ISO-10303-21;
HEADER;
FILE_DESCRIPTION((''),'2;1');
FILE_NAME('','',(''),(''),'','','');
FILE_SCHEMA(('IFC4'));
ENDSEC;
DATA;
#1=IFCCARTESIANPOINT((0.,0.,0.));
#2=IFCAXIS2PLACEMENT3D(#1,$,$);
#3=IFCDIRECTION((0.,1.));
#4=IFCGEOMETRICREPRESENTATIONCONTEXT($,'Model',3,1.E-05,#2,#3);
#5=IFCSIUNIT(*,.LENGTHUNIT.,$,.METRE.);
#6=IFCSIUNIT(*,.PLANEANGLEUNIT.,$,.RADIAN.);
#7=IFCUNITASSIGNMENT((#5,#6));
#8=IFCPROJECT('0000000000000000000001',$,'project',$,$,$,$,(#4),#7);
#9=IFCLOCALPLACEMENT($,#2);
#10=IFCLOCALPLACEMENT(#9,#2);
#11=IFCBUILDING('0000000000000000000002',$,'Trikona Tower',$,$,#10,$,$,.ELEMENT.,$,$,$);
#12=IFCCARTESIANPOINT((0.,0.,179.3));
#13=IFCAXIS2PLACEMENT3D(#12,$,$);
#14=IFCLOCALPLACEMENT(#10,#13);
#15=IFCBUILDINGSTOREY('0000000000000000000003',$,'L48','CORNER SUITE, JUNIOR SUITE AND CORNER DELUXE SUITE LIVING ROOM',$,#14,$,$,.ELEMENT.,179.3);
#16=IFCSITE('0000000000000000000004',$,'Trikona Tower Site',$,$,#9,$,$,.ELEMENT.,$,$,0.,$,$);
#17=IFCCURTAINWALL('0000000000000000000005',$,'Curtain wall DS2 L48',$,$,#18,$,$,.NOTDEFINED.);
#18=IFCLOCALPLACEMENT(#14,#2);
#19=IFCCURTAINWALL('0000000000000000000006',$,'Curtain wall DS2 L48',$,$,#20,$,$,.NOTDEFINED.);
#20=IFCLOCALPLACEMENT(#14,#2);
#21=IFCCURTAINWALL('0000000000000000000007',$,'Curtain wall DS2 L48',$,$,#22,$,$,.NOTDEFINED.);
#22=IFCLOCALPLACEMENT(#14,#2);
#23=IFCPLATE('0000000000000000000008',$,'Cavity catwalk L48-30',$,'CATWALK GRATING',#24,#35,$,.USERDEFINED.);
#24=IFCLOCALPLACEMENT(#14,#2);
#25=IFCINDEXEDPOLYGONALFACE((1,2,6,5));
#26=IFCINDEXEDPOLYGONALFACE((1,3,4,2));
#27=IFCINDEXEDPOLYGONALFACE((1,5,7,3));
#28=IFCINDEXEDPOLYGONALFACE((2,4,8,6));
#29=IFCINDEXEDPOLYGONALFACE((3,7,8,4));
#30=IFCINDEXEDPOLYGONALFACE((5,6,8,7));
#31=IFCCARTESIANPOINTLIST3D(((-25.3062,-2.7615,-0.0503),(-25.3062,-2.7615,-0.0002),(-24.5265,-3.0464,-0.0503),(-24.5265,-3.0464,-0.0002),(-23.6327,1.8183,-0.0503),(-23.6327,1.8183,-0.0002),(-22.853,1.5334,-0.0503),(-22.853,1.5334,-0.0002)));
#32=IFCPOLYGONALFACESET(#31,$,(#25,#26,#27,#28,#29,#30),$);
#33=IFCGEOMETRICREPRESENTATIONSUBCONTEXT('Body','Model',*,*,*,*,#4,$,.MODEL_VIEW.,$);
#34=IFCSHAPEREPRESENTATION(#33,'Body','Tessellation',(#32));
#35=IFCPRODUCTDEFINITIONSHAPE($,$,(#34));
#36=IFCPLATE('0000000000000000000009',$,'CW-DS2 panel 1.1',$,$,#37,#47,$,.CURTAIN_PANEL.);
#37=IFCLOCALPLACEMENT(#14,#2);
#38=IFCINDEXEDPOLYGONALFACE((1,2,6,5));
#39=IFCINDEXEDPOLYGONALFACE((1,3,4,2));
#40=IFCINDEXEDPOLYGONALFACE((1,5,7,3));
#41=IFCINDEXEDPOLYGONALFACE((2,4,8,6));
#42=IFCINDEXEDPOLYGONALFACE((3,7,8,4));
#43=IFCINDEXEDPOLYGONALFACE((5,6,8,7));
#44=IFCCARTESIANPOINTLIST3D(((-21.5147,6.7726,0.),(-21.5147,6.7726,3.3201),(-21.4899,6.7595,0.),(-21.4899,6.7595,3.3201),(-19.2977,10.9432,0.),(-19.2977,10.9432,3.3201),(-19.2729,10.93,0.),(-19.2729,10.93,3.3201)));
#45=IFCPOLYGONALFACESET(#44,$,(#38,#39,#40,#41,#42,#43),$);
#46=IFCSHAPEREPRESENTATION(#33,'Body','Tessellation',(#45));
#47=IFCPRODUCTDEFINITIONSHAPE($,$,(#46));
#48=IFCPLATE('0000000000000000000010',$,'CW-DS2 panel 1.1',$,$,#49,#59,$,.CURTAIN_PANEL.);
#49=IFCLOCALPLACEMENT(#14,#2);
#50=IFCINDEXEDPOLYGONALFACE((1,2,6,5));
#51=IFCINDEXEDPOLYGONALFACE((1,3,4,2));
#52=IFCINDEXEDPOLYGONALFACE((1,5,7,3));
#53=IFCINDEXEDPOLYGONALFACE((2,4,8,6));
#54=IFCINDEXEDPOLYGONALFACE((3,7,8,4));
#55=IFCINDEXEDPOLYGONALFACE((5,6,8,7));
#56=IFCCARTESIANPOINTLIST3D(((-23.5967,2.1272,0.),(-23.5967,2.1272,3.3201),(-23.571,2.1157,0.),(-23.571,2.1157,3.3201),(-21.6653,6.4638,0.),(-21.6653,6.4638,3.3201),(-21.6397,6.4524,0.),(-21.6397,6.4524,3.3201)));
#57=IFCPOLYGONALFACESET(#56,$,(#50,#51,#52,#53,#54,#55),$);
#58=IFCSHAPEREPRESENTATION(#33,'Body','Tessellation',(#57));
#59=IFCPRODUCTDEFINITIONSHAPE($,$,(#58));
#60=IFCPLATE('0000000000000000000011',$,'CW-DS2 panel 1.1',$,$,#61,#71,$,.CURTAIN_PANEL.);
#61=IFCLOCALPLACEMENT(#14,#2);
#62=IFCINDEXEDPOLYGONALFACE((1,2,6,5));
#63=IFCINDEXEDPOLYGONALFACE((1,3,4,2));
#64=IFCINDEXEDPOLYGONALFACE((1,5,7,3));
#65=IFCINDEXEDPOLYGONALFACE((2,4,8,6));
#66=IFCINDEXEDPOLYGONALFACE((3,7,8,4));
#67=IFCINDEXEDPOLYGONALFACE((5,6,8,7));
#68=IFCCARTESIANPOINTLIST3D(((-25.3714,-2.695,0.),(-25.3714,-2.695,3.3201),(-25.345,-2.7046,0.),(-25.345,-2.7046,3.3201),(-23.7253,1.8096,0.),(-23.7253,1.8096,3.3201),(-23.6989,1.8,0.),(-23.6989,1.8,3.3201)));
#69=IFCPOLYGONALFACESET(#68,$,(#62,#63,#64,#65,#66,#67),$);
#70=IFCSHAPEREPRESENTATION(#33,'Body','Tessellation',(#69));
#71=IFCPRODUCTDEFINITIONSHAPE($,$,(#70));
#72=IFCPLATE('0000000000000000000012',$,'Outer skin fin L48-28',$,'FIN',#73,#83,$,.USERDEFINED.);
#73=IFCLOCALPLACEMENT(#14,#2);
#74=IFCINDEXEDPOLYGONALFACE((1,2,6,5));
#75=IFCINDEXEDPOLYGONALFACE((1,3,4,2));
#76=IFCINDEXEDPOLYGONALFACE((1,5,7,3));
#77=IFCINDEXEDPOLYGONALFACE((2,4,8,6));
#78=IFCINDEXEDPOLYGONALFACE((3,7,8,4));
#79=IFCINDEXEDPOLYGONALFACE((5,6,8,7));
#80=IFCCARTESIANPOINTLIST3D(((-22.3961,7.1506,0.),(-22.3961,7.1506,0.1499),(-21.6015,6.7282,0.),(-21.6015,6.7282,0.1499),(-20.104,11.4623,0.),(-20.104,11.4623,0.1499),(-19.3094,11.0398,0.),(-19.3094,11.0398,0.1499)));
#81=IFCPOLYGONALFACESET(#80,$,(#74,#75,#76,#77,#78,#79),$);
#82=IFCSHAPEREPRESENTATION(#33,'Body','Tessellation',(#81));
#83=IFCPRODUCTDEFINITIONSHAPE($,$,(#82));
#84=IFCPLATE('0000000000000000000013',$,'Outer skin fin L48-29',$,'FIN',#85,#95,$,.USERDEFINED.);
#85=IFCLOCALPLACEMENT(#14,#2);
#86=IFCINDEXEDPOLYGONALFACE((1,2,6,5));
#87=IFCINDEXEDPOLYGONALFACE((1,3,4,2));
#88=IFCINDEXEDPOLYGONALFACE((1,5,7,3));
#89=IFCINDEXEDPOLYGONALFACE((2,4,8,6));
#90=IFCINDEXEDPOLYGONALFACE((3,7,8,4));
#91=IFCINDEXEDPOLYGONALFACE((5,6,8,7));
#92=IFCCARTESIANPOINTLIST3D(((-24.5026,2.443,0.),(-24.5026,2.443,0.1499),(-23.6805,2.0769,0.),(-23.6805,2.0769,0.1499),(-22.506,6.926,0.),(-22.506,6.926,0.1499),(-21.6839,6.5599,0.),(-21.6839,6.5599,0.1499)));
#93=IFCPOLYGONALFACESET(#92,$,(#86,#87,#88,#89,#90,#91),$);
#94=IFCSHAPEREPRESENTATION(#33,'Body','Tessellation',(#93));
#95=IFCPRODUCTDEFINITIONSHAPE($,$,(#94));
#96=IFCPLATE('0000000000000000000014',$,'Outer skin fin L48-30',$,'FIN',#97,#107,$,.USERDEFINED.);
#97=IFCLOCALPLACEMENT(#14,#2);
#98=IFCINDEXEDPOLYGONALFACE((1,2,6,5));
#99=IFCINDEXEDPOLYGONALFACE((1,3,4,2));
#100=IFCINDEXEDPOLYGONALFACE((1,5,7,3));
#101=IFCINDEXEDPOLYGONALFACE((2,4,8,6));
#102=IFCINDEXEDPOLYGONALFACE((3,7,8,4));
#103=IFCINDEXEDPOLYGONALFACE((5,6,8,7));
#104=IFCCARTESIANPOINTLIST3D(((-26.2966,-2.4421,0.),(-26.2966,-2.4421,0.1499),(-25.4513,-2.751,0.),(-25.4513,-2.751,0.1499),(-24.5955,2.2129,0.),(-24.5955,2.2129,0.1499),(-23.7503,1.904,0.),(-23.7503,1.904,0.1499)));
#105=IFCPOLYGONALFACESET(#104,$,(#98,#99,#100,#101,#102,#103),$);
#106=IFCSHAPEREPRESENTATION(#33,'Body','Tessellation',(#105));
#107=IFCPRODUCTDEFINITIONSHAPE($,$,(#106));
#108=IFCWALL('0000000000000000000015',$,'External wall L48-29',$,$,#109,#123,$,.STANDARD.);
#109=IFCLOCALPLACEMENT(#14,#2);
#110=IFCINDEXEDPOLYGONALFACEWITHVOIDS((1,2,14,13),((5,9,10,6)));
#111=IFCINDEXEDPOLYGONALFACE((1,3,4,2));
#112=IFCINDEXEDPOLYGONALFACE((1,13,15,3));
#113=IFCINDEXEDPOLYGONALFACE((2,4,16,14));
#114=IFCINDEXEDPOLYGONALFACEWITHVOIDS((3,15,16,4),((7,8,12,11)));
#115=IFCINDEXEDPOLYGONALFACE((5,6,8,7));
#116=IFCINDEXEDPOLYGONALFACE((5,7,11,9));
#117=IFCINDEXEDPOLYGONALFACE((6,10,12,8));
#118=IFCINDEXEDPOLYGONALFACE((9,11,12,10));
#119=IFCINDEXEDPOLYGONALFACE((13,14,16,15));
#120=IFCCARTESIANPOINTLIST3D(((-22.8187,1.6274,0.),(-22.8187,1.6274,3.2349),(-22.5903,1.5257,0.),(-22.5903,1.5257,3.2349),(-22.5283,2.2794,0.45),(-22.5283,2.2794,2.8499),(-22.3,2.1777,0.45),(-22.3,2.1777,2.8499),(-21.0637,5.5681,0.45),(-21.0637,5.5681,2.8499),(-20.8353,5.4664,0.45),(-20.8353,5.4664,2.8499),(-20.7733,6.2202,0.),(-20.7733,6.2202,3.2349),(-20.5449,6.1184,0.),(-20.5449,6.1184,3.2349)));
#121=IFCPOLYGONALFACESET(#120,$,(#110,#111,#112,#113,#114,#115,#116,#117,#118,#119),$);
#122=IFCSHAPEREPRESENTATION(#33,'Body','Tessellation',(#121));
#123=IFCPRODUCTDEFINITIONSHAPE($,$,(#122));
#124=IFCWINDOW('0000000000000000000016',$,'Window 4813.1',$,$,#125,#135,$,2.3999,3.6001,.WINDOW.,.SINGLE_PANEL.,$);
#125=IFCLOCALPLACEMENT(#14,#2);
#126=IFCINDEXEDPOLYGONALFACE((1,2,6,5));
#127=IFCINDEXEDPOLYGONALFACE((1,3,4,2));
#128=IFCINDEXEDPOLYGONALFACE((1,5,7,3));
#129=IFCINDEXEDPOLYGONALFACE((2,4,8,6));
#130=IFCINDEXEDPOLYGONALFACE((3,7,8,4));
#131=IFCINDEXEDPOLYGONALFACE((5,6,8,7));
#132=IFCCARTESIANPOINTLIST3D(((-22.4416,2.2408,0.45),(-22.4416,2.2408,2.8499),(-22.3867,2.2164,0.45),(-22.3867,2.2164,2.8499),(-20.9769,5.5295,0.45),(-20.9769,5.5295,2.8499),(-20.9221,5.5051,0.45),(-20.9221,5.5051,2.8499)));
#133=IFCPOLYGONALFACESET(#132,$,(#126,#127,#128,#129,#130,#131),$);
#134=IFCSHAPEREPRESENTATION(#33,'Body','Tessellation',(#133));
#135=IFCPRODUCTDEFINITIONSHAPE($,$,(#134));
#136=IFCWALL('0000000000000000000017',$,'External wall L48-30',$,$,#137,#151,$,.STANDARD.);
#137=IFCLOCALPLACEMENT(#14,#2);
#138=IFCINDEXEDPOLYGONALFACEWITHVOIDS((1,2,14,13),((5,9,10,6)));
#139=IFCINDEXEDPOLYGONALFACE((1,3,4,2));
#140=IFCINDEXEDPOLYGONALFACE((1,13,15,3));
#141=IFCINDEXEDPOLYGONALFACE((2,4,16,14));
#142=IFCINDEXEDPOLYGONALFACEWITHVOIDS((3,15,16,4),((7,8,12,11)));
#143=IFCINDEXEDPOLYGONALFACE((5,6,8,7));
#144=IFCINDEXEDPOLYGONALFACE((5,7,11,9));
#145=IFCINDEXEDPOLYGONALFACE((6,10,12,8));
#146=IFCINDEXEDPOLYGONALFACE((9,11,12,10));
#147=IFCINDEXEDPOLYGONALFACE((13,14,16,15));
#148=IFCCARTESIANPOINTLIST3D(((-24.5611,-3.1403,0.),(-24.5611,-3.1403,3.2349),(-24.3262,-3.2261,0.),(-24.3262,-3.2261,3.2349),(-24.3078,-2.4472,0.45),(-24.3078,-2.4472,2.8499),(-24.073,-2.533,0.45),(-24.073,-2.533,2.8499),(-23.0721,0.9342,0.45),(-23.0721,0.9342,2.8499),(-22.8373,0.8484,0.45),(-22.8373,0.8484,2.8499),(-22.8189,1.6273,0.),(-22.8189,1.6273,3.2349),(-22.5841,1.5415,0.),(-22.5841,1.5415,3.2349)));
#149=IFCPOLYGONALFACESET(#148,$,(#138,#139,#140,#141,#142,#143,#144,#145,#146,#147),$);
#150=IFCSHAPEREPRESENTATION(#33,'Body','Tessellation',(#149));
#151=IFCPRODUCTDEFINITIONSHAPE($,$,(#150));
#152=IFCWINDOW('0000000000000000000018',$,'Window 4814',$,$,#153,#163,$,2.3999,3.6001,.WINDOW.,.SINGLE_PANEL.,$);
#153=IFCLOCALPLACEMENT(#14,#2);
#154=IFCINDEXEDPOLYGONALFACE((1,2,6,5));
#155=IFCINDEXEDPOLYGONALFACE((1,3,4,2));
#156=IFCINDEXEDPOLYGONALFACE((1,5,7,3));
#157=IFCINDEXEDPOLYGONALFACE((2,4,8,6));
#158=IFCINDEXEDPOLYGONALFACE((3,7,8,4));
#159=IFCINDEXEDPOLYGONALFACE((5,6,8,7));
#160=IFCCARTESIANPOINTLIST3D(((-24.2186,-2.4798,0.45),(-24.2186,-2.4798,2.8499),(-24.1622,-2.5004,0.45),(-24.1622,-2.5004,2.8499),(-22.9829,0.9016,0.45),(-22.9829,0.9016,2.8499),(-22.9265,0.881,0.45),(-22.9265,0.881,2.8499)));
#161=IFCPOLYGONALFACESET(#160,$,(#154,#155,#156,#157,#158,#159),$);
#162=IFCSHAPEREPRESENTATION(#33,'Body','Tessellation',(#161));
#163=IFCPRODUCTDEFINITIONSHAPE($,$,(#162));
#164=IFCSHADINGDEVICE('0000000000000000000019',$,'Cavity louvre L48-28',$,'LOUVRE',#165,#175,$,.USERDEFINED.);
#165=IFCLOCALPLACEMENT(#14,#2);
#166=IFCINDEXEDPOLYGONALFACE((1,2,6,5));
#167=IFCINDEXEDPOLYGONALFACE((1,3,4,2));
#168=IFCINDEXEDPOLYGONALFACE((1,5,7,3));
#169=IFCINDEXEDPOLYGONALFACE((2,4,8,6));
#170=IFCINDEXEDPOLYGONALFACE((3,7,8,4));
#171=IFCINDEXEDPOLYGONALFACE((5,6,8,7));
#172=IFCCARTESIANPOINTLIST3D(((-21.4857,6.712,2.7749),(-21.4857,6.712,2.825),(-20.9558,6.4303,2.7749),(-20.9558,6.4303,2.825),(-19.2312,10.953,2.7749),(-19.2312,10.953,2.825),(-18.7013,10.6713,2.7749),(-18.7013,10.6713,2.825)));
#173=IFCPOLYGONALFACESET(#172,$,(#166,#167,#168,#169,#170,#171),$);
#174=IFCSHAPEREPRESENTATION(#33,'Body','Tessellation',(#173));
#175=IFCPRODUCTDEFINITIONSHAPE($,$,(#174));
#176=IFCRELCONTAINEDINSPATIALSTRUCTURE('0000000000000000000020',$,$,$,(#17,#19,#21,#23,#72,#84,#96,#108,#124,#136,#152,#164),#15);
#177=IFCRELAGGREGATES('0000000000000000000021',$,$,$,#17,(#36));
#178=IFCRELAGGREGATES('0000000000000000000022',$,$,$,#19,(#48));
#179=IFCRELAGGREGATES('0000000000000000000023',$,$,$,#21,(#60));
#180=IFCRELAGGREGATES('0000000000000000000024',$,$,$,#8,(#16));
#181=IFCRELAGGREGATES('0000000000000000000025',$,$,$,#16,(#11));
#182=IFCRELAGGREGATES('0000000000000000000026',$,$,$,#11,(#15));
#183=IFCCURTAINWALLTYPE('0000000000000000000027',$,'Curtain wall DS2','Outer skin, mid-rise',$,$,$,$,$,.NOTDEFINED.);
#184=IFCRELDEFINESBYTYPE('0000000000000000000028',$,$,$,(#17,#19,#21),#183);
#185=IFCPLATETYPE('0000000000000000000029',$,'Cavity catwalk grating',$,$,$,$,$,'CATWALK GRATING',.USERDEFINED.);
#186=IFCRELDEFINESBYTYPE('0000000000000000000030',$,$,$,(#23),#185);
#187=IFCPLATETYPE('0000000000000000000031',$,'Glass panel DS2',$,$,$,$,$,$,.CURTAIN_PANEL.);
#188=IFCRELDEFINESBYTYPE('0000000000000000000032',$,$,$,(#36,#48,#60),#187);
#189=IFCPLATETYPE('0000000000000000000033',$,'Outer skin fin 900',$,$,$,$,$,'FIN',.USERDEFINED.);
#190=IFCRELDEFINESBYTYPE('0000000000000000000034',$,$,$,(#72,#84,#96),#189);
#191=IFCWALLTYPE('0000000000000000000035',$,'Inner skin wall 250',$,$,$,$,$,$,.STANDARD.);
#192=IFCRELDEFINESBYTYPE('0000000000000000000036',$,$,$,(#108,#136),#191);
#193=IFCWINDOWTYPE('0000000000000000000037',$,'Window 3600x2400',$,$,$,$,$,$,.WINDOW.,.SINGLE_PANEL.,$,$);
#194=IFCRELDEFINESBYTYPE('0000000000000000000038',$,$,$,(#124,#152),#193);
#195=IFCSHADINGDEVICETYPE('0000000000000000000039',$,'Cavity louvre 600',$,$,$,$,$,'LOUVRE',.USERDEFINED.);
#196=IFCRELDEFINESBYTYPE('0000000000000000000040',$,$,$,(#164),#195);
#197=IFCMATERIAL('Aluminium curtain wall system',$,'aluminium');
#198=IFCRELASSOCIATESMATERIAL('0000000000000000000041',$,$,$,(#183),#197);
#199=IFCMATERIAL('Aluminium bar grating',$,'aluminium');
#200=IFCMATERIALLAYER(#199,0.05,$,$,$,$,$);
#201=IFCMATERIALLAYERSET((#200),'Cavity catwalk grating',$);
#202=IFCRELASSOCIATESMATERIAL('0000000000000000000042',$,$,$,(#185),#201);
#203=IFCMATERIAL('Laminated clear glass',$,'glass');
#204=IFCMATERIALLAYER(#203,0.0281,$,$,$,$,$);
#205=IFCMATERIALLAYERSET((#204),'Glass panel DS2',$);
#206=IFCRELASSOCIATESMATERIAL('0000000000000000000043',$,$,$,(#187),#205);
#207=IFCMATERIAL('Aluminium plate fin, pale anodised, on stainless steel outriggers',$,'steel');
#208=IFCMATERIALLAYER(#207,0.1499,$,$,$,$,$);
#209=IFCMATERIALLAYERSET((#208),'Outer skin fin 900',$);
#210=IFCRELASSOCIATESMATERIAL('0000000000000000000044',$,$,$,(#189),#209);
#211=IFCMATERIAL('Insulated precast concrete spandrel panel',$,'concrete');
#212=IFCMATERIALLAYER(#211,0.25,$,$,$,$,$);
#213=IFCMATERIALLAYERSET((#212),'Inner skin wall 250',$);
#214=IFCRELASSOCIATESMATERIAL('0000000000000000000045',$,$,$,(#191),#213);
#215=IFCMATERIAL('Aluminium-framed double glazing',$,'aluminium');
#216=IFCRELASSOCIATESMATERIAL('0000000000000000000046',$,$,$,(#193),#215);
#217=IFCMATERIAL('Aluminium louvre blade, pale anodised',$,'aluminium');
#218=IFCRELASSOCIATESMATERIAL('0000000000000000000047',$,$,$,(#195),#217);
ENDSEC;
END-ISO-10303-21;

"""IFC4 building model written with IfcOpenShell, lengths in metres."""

from ifc_helpers import new_model, si_unit, direction, frame, frame_2d, origin, origin_2d, place, context, subcontext, project, spatial, rectangle, extrude, material, layer, layer_set, type_object, element, fill, aggregate, save


model = new_model("IFC4")

# Units and contexts
model_context = context("Model", 3, precision=1e-05, world=origin(), true_north=direction((0.0, 1.0)))
body_context = subcontext(model_context, "Body", "Model", "MODEL_VIEW")
ifc_project = project(units=[si_unit("LENGTHUNIT", "METRE"), si_unit("PLANEANGLEUNIT", "RADIAN")], contexts=[model_context])

# Site, building, storey
site_placement = place(None, origin())
site = spatial("IfcSite", under=ifc_project, at=site_placement, Name="Trikona Tower Site", CompositionType="ELEMENT", RefElevation=0.0)
building_placement = place(site_placement, origin())
building = spatial("IfcBuilding", under=site, at=building_placement, Name="Trikona Tower", CompositionType="ELEMENT")
storey_placement = place(building_placement, frame((0.0, 0.0, 179.3)))
storey = spatial("IfcBuildingStorey", under=building, at=storey_placement, Name="L48", Description="CORNER SUITE, JUNIOR SUITE AND CORNER DELUXE SUITE LIVING ROOM", CompositionType="ELEMENT", Elevation=179.3)

# Curtain walls
ifc_material_1 = material(Name="Aluminium curtain wall system", Category="aluminium")
curtain_wall_type = type_object("IfcCurtainWallType", Name="Curtain wall DS2", Description="Outer skin, mid-rise", PredefinedType="NOTDEFINED", material=ifc_material_1)
curtain_wall_1_placement = place(storey_placement, origin())
curtain_wall_1 = element("IfcCurtainWall", 1, at=curtain_wall_1_placement, inside=storey, type_object=curtain_wall_type, Name="Curtain wall DS2 L48", PredefinedType="NOTDEFINED")
curtain_wall_2_placement = place(storey_placement, origin())
curtain_wall_2 = element("IfcCurtainWall", 2, at=curtain_wall_2_placement, inside=storey, type_object=curtain_wall_type, Name="Curtain wall DS2 L48", PredefinedType="NOTDEFINED")

# Curtain wall
curtain_wall_3_placement = place(storey_placement, origin())
curtain_wall_3 = element("IfcCurtainWall", 3, at=curtain_wall_3_placement, inside=storey, type_object=curtain_wall_type, Name="Curtain wall DS2 L48", PredefinedType="NOTDEFINED")

# Plate
ifc_material_2 = material(Name="Aluminium bar grating", Category="aluminium")
ifc_layer_1 = layer(ifc_material_2, 0.05)
ifc_layer_set_1 = layer_set([ifc_layer_1], Name="Cavity catwalk grating")
plate_type_1 = type_object("IfcPlateType", Name="Cavity catwalk grating", ElementType="CATWALK GRATING", PredefinedType="USERDEFINED", material=ifc_layer_set_1)
plate_1_placement = place(storey_placement, frame((-24.0796, -0.614, -0.0503), z_axis=(0.0, 0.0, 1.0), x_axis=(-0.34322, -0.939255, 0.0)))
element("IfcPlate", 4, at=plate_1_placement, inside=storey, type_object=plate_type_1, Name="Cavity catwalk L48-30", ObjectType="CATWALK GRATING", PredefinedType="USERDEFINED", context=body_context, shape_type="SweptSolid", body=[
    extrude(rectangle(XDim=4.876, YDim=0.8301, at=origin_2d()), origin(), (0.0, 0.0, 1.0), 0.05),
])

# Plates
ifc_material_3 = material(Name="Laminated clear glass", Category="glass")
ifc_layer_2 = layer(ifc_material_3, 0.0281)
ifc_layer_set_2 = layer_set([ifc_layer_2], Name="Glass panel DS2")
plate_type_2 = type_object("IfcPlateType", Name="Glass panel DS2", PredefinedType="CURTAIN_PANEL", material=ifc_layer_set_2)
plate_2_placement = place(storey_placement, frame((-20.3938, 8.8513, 0.0), z_axis=(0.0, 0.0, 1.0), x_axis=(-0.46938, -0.882996, 0.0)))
plate_2 = element("IfcPlate", 5, at=plate_2_placement, type_object=plate_type_2, Name="CW-DS2 panel 1.1", PredefinedType="CURTAIN_PANEL", context=body_context, shape_type="SweptSolid", body=[
    extrude(rectangle(XDim=4.7231, YDim=0.0281, at=origin_2d()), origin(), (0.0, 0.0, 1.0), 3.3201),
])
aggregate(curtain_wall_1, [plate_2])
plate_3_placement = place(storey_placement, frame((-22.6182, 4.2898, 0.0), z_axis=(0.0, 0.0, 1.0), x_axis=(-0.406836, -0.913501, 0.0)))
plate_3 = element("IfcPlate", 6, at=plate_3_placement, type_object=plate_type_2, Name="CW-DS2 panel 1.1", PredefinedType="CURTAIN_PANEL", context=body_context, shape_type="SweptSolid", body=[
    extrude(rectangle(XDim=4.7473, YDim=0.0281, at=origin_2d()), origin(), (0.0, 0.0, 1.0), 3.3201),
])
aggregate(curtain_wall_2, [plate_3])
plate_4_placement = place(storey_placement, frame((-24.5352, -0.4475, 0.0), z_axis=(0.0, 0.0, 1.0), x_axis=(-0.343223, -0.939254, 0.0)))
plate_4 = element("IfcPlate", 7, at=plate_4_placement, type_object=plate_type_2, Name="CW-DS2 panel 1.1", PredefinedType="CURTAIN_PANEL", context=body_context, shape_type="SweptSolid", body=[
    extrude(rectangle(XDim=4.7959, YDim=0.0281, at=origin_2d()), origin(), (0.0, 0.0, 1.0), 3.3201),
])
aggregate(curtain_wall_3, [plate_4])

# Plates
ifc_material_4 = material(Name="Aluminium plate fin, pale anodised, on stainless steel outriggers", Category="steel")
ifc_layer_3 = layer(ifc_material_4, 0.1499)
ifc_layer_set_3 = layer_set([ifc_layer_3], Name="Outer skin fin 900")
plate_type_3 = type_object("IfcPlateType", Name="Outer skin fin 900", ElementType="FIN", PredefinedType="USERDEFINED", material=ifc_layer_set_3)
plate_5_placement = place(storey_placement, frame((-20.8528, 9.0952, 0.0), z_axis=(0.0, 0.0, 1.0), x_axis=(-0.469398, -0.882987, 0.0)))
element("IfcPlate", 8, at=plate_5_placement, inside=storey, type_object=plate_type_3, Name="Outer skin fin L48-28", ObjectType="FIN", PredefinedType="USERDEFINED", context=body_context, shape_type="SweptSolid", body=[
    extrude(rectangle(XDim=4.8831, YDim=0.8999, at=origin_2d()), origin(), (0.0, 0.0, 1.0), 0.1499),
])
plate_6_placement = place(storey_placement, frame((-23.0933, 4.5015, 0.0), z_axis=(0.0, 0.0, 1.0), x_axis=(-0.406843, -0.913498, 0.0)))
element("IfcPlate", 9, at=plate_6_placement, inside=storey, type_object=plate_type_3, Name="Outer skin fin L48-29", ObjectType="FIN", PredefinedType="USERDEFINED", context=body_context, shape_type="SweptSolid", body=[
    extrude(rectangle(XDim=4.9075, YDim=0.8999, at=origin_2d()), origin(), (0.0, 0.0, 1.0), 0.1499),
])
plate_7_placement = place(storey_placement, frame((-25.0234, -0.269, 0.0), z_axis=(0.0, 0.0, 1.0), x_axis=(-0.34322, -0.939255, 0.0)))
element("IfcPlate", 10, at=plate_7_placement, inside=storey, type_object=plate_type_3, Name="Outer skin fin L48-30", ObjectType="FIN", PredefinedType="USERDEFINED", context=body_context, shape_type="SweptSolid", body=[
    extrude(rectangle(XDim=4.9561, YDim=0.8999, at=origin_2d()), origin(), (0.0, 0.0, 1.0), 0.1499),
])

# Walls, openings, windows
ifc_material_5 = material(Name="Insulated precast concrete spandrel panel", Category="concrete")
ifc_layer_4 = layer(ifc_material_5, 0.25)
ifc_layer_set_4 = layer_set([ifc_layer_4], Name="Inner skin wall 250")
wall_type = type_object("IfcWallType", Name="Inner skin wall 250", PredefinedType="STANDARD", material=ifc_layer_set_4)
wall_1_placement = place(storey_placement, frame((-20.6592, 6.1692, 0.0), z_axis=(0.0, 0.0, 1.0), x_axis=(-0.406832, -0.913503, 0.0)))
wall_1 = element("IfcWall", 11, at=wall_1_placement, inside=storey, type_object=wall_type, Name="External wall L48-29", PredefinedType="STANDARD", context=body_context, shape_type="SweptSolid", body=[
    extrude(rectangle(XDim=5.0276, YDim=0.25, at=frame_2d((2.5137, 0.0))), origin(), (0.0, 0.0, 1.0), 3.2349),
])
opening_1_placement = place(wall_1_placement, frame((0.7136, 0.0, 0.45)))
opening_1 = element("IfcOpeningElement", 12, at=opening_1_placement, cuts=wall_1, PredefinedType="OPENING", context=body_context, shape_type="SweptSolid", body=[
    extrude(rectangle(XDim=3.6001, YDim=2.3999, at=frame_2d((1.8, 1.2))), frame((0.0, 0.135, 0.0), z_axis=(0.0, -1.0, 0.0), x_axis=(1.0, 0.0, 0.0)), (0.0, 0.0, 1.0), 0.27),
])
ifc_material_6 = material(Name="Aluminium-framed double glazing", Category="aluminium")
window_type = type_object("IfcWindowType", Name="Window 3600x2400", PartitioningType="SINGLE_PANEL", PredefinedType="WINDOW", material=ifc_material_6)
window_1_placement = place(opening_1_placement, origin())
window_1 = element("IfcWindow", 13, at=window_1_placement, inside=storey, type_object=window_type, Name="Window 4813.1", OverallHeight=2.3999, OverallWidth=3.6001, PartitioningType="SINGLE_PANEL", PredefinedType="WINDOW", context=body_context, shape_type="SweptSolid", body=[
    extrude(rectangle(XDim=3.6001, YDim=2.3999, at=frame_2d((1.8, 1.2))), frame((0.0, 0.03, 0.0), z_axis=(0.0, -1.0, 0.0), x_axis=(1.0, 0.0, 0.0)), (0.0, 0.0, 1.0), 0.0601),
])
fill(opening_1, window_1)
wall_2_placement = place(storey_placement, frame((-22.7014, 1.5845, 0.0), z_axis=(0.0, 0.0, 1.0), x_axis=(-0.343226, -0.939253, 0.0)))
wall_2 = element("IfcWall", 14, at=wall_2_placement, inside=storey, type_object=wall_type, Name="External wall L48-30", PredefinedType="STANDARD", context=body_context, shape_type="SweptSolid", body=[
    extrude(rectangle(XDim=5.0759, YDim=0.25, at=frame_2d((2.5381, 0.0))), origin(), (0.0, 0.0, 1.0), 3.2349),
])
opening_2_placement = place(wall_2_placement, frame((0.738, 0.0, 0.45)))
opening_2 = element("IfcOpeningElement", 15, at=opening_2_placement, cuts=wall_2, PredefinedType="OPENING", context=body_context, shape_type="SweptSolid", body=[
    extrude(rectangle(XDim=3.6001, YDim=2.3999, at=frame_2d((1.8, 1.2))), frame((0.0, 0.135, 0.0), z_axis=(0.0, -1.0, 0.0), x_axis=(1.0, 0.0, 0.0)), (0.0, 0.0, 1.0), 0.27),
])
window_2_placement = place(opening_2_placement, origin())
window_2 = element("IfcWindow", 16, at=window_2_placement, inside=storey, type_object=window_type, Name="Window 4814", OverallHeight=2.3999, OverallWidth=3.6001, PartitioningType="SINGLE_PANEL", PredefinedType="WINDOW", context=body_context, shape_type="SweptSolid", body=[
    extrude(rectangle(XDim=3.6001, YDim=2.3999, at=frame_2d((1.8, 1.2))), frame((0.0, 0.03, 0.0), z_axis=(0.0, -1.0, 0.0), x_axis=(1.0, 0.0, 0.0)), (0.0, 0.0, 1.0), 0.0601),
])
fill(opening_2, window_2)

# Shading device
ifc_material_7 = material(Name="Aluminium louvre blade, pale anodised", Category="aluminium")
shading_device_type = type_object("IfcShadingDeviceType", Name="Cavity louvre 600", ElementType="LOUVRE", PredefinedType="USERDEFINED", material=ifc_material_7)
shading_device_1_placement = place(storey_placement, frame((-20.0935, 8.6917, 2.7749), z_axis=(0.0, 0.0, 1.0), x_axis=(-0.469398, -0.882987, 0.0)))
element("IfcShadingDevice", 17, at=shading_device_1_placement, inside=storey, type_object=shading_device_type, Name="Cavity louvre L48-28", ObjectType="LOUVRE", PredefinedType="USERDEFINED", context=body_context, shape_type="SweptSolid", body=[
    extrude(rectangle(XDim=4.803, YDim=0.6001, at=origin_2d()), origin(), (0.0, 0.0, 1.0), 0.05),
])

save(model, "model.ifc")
